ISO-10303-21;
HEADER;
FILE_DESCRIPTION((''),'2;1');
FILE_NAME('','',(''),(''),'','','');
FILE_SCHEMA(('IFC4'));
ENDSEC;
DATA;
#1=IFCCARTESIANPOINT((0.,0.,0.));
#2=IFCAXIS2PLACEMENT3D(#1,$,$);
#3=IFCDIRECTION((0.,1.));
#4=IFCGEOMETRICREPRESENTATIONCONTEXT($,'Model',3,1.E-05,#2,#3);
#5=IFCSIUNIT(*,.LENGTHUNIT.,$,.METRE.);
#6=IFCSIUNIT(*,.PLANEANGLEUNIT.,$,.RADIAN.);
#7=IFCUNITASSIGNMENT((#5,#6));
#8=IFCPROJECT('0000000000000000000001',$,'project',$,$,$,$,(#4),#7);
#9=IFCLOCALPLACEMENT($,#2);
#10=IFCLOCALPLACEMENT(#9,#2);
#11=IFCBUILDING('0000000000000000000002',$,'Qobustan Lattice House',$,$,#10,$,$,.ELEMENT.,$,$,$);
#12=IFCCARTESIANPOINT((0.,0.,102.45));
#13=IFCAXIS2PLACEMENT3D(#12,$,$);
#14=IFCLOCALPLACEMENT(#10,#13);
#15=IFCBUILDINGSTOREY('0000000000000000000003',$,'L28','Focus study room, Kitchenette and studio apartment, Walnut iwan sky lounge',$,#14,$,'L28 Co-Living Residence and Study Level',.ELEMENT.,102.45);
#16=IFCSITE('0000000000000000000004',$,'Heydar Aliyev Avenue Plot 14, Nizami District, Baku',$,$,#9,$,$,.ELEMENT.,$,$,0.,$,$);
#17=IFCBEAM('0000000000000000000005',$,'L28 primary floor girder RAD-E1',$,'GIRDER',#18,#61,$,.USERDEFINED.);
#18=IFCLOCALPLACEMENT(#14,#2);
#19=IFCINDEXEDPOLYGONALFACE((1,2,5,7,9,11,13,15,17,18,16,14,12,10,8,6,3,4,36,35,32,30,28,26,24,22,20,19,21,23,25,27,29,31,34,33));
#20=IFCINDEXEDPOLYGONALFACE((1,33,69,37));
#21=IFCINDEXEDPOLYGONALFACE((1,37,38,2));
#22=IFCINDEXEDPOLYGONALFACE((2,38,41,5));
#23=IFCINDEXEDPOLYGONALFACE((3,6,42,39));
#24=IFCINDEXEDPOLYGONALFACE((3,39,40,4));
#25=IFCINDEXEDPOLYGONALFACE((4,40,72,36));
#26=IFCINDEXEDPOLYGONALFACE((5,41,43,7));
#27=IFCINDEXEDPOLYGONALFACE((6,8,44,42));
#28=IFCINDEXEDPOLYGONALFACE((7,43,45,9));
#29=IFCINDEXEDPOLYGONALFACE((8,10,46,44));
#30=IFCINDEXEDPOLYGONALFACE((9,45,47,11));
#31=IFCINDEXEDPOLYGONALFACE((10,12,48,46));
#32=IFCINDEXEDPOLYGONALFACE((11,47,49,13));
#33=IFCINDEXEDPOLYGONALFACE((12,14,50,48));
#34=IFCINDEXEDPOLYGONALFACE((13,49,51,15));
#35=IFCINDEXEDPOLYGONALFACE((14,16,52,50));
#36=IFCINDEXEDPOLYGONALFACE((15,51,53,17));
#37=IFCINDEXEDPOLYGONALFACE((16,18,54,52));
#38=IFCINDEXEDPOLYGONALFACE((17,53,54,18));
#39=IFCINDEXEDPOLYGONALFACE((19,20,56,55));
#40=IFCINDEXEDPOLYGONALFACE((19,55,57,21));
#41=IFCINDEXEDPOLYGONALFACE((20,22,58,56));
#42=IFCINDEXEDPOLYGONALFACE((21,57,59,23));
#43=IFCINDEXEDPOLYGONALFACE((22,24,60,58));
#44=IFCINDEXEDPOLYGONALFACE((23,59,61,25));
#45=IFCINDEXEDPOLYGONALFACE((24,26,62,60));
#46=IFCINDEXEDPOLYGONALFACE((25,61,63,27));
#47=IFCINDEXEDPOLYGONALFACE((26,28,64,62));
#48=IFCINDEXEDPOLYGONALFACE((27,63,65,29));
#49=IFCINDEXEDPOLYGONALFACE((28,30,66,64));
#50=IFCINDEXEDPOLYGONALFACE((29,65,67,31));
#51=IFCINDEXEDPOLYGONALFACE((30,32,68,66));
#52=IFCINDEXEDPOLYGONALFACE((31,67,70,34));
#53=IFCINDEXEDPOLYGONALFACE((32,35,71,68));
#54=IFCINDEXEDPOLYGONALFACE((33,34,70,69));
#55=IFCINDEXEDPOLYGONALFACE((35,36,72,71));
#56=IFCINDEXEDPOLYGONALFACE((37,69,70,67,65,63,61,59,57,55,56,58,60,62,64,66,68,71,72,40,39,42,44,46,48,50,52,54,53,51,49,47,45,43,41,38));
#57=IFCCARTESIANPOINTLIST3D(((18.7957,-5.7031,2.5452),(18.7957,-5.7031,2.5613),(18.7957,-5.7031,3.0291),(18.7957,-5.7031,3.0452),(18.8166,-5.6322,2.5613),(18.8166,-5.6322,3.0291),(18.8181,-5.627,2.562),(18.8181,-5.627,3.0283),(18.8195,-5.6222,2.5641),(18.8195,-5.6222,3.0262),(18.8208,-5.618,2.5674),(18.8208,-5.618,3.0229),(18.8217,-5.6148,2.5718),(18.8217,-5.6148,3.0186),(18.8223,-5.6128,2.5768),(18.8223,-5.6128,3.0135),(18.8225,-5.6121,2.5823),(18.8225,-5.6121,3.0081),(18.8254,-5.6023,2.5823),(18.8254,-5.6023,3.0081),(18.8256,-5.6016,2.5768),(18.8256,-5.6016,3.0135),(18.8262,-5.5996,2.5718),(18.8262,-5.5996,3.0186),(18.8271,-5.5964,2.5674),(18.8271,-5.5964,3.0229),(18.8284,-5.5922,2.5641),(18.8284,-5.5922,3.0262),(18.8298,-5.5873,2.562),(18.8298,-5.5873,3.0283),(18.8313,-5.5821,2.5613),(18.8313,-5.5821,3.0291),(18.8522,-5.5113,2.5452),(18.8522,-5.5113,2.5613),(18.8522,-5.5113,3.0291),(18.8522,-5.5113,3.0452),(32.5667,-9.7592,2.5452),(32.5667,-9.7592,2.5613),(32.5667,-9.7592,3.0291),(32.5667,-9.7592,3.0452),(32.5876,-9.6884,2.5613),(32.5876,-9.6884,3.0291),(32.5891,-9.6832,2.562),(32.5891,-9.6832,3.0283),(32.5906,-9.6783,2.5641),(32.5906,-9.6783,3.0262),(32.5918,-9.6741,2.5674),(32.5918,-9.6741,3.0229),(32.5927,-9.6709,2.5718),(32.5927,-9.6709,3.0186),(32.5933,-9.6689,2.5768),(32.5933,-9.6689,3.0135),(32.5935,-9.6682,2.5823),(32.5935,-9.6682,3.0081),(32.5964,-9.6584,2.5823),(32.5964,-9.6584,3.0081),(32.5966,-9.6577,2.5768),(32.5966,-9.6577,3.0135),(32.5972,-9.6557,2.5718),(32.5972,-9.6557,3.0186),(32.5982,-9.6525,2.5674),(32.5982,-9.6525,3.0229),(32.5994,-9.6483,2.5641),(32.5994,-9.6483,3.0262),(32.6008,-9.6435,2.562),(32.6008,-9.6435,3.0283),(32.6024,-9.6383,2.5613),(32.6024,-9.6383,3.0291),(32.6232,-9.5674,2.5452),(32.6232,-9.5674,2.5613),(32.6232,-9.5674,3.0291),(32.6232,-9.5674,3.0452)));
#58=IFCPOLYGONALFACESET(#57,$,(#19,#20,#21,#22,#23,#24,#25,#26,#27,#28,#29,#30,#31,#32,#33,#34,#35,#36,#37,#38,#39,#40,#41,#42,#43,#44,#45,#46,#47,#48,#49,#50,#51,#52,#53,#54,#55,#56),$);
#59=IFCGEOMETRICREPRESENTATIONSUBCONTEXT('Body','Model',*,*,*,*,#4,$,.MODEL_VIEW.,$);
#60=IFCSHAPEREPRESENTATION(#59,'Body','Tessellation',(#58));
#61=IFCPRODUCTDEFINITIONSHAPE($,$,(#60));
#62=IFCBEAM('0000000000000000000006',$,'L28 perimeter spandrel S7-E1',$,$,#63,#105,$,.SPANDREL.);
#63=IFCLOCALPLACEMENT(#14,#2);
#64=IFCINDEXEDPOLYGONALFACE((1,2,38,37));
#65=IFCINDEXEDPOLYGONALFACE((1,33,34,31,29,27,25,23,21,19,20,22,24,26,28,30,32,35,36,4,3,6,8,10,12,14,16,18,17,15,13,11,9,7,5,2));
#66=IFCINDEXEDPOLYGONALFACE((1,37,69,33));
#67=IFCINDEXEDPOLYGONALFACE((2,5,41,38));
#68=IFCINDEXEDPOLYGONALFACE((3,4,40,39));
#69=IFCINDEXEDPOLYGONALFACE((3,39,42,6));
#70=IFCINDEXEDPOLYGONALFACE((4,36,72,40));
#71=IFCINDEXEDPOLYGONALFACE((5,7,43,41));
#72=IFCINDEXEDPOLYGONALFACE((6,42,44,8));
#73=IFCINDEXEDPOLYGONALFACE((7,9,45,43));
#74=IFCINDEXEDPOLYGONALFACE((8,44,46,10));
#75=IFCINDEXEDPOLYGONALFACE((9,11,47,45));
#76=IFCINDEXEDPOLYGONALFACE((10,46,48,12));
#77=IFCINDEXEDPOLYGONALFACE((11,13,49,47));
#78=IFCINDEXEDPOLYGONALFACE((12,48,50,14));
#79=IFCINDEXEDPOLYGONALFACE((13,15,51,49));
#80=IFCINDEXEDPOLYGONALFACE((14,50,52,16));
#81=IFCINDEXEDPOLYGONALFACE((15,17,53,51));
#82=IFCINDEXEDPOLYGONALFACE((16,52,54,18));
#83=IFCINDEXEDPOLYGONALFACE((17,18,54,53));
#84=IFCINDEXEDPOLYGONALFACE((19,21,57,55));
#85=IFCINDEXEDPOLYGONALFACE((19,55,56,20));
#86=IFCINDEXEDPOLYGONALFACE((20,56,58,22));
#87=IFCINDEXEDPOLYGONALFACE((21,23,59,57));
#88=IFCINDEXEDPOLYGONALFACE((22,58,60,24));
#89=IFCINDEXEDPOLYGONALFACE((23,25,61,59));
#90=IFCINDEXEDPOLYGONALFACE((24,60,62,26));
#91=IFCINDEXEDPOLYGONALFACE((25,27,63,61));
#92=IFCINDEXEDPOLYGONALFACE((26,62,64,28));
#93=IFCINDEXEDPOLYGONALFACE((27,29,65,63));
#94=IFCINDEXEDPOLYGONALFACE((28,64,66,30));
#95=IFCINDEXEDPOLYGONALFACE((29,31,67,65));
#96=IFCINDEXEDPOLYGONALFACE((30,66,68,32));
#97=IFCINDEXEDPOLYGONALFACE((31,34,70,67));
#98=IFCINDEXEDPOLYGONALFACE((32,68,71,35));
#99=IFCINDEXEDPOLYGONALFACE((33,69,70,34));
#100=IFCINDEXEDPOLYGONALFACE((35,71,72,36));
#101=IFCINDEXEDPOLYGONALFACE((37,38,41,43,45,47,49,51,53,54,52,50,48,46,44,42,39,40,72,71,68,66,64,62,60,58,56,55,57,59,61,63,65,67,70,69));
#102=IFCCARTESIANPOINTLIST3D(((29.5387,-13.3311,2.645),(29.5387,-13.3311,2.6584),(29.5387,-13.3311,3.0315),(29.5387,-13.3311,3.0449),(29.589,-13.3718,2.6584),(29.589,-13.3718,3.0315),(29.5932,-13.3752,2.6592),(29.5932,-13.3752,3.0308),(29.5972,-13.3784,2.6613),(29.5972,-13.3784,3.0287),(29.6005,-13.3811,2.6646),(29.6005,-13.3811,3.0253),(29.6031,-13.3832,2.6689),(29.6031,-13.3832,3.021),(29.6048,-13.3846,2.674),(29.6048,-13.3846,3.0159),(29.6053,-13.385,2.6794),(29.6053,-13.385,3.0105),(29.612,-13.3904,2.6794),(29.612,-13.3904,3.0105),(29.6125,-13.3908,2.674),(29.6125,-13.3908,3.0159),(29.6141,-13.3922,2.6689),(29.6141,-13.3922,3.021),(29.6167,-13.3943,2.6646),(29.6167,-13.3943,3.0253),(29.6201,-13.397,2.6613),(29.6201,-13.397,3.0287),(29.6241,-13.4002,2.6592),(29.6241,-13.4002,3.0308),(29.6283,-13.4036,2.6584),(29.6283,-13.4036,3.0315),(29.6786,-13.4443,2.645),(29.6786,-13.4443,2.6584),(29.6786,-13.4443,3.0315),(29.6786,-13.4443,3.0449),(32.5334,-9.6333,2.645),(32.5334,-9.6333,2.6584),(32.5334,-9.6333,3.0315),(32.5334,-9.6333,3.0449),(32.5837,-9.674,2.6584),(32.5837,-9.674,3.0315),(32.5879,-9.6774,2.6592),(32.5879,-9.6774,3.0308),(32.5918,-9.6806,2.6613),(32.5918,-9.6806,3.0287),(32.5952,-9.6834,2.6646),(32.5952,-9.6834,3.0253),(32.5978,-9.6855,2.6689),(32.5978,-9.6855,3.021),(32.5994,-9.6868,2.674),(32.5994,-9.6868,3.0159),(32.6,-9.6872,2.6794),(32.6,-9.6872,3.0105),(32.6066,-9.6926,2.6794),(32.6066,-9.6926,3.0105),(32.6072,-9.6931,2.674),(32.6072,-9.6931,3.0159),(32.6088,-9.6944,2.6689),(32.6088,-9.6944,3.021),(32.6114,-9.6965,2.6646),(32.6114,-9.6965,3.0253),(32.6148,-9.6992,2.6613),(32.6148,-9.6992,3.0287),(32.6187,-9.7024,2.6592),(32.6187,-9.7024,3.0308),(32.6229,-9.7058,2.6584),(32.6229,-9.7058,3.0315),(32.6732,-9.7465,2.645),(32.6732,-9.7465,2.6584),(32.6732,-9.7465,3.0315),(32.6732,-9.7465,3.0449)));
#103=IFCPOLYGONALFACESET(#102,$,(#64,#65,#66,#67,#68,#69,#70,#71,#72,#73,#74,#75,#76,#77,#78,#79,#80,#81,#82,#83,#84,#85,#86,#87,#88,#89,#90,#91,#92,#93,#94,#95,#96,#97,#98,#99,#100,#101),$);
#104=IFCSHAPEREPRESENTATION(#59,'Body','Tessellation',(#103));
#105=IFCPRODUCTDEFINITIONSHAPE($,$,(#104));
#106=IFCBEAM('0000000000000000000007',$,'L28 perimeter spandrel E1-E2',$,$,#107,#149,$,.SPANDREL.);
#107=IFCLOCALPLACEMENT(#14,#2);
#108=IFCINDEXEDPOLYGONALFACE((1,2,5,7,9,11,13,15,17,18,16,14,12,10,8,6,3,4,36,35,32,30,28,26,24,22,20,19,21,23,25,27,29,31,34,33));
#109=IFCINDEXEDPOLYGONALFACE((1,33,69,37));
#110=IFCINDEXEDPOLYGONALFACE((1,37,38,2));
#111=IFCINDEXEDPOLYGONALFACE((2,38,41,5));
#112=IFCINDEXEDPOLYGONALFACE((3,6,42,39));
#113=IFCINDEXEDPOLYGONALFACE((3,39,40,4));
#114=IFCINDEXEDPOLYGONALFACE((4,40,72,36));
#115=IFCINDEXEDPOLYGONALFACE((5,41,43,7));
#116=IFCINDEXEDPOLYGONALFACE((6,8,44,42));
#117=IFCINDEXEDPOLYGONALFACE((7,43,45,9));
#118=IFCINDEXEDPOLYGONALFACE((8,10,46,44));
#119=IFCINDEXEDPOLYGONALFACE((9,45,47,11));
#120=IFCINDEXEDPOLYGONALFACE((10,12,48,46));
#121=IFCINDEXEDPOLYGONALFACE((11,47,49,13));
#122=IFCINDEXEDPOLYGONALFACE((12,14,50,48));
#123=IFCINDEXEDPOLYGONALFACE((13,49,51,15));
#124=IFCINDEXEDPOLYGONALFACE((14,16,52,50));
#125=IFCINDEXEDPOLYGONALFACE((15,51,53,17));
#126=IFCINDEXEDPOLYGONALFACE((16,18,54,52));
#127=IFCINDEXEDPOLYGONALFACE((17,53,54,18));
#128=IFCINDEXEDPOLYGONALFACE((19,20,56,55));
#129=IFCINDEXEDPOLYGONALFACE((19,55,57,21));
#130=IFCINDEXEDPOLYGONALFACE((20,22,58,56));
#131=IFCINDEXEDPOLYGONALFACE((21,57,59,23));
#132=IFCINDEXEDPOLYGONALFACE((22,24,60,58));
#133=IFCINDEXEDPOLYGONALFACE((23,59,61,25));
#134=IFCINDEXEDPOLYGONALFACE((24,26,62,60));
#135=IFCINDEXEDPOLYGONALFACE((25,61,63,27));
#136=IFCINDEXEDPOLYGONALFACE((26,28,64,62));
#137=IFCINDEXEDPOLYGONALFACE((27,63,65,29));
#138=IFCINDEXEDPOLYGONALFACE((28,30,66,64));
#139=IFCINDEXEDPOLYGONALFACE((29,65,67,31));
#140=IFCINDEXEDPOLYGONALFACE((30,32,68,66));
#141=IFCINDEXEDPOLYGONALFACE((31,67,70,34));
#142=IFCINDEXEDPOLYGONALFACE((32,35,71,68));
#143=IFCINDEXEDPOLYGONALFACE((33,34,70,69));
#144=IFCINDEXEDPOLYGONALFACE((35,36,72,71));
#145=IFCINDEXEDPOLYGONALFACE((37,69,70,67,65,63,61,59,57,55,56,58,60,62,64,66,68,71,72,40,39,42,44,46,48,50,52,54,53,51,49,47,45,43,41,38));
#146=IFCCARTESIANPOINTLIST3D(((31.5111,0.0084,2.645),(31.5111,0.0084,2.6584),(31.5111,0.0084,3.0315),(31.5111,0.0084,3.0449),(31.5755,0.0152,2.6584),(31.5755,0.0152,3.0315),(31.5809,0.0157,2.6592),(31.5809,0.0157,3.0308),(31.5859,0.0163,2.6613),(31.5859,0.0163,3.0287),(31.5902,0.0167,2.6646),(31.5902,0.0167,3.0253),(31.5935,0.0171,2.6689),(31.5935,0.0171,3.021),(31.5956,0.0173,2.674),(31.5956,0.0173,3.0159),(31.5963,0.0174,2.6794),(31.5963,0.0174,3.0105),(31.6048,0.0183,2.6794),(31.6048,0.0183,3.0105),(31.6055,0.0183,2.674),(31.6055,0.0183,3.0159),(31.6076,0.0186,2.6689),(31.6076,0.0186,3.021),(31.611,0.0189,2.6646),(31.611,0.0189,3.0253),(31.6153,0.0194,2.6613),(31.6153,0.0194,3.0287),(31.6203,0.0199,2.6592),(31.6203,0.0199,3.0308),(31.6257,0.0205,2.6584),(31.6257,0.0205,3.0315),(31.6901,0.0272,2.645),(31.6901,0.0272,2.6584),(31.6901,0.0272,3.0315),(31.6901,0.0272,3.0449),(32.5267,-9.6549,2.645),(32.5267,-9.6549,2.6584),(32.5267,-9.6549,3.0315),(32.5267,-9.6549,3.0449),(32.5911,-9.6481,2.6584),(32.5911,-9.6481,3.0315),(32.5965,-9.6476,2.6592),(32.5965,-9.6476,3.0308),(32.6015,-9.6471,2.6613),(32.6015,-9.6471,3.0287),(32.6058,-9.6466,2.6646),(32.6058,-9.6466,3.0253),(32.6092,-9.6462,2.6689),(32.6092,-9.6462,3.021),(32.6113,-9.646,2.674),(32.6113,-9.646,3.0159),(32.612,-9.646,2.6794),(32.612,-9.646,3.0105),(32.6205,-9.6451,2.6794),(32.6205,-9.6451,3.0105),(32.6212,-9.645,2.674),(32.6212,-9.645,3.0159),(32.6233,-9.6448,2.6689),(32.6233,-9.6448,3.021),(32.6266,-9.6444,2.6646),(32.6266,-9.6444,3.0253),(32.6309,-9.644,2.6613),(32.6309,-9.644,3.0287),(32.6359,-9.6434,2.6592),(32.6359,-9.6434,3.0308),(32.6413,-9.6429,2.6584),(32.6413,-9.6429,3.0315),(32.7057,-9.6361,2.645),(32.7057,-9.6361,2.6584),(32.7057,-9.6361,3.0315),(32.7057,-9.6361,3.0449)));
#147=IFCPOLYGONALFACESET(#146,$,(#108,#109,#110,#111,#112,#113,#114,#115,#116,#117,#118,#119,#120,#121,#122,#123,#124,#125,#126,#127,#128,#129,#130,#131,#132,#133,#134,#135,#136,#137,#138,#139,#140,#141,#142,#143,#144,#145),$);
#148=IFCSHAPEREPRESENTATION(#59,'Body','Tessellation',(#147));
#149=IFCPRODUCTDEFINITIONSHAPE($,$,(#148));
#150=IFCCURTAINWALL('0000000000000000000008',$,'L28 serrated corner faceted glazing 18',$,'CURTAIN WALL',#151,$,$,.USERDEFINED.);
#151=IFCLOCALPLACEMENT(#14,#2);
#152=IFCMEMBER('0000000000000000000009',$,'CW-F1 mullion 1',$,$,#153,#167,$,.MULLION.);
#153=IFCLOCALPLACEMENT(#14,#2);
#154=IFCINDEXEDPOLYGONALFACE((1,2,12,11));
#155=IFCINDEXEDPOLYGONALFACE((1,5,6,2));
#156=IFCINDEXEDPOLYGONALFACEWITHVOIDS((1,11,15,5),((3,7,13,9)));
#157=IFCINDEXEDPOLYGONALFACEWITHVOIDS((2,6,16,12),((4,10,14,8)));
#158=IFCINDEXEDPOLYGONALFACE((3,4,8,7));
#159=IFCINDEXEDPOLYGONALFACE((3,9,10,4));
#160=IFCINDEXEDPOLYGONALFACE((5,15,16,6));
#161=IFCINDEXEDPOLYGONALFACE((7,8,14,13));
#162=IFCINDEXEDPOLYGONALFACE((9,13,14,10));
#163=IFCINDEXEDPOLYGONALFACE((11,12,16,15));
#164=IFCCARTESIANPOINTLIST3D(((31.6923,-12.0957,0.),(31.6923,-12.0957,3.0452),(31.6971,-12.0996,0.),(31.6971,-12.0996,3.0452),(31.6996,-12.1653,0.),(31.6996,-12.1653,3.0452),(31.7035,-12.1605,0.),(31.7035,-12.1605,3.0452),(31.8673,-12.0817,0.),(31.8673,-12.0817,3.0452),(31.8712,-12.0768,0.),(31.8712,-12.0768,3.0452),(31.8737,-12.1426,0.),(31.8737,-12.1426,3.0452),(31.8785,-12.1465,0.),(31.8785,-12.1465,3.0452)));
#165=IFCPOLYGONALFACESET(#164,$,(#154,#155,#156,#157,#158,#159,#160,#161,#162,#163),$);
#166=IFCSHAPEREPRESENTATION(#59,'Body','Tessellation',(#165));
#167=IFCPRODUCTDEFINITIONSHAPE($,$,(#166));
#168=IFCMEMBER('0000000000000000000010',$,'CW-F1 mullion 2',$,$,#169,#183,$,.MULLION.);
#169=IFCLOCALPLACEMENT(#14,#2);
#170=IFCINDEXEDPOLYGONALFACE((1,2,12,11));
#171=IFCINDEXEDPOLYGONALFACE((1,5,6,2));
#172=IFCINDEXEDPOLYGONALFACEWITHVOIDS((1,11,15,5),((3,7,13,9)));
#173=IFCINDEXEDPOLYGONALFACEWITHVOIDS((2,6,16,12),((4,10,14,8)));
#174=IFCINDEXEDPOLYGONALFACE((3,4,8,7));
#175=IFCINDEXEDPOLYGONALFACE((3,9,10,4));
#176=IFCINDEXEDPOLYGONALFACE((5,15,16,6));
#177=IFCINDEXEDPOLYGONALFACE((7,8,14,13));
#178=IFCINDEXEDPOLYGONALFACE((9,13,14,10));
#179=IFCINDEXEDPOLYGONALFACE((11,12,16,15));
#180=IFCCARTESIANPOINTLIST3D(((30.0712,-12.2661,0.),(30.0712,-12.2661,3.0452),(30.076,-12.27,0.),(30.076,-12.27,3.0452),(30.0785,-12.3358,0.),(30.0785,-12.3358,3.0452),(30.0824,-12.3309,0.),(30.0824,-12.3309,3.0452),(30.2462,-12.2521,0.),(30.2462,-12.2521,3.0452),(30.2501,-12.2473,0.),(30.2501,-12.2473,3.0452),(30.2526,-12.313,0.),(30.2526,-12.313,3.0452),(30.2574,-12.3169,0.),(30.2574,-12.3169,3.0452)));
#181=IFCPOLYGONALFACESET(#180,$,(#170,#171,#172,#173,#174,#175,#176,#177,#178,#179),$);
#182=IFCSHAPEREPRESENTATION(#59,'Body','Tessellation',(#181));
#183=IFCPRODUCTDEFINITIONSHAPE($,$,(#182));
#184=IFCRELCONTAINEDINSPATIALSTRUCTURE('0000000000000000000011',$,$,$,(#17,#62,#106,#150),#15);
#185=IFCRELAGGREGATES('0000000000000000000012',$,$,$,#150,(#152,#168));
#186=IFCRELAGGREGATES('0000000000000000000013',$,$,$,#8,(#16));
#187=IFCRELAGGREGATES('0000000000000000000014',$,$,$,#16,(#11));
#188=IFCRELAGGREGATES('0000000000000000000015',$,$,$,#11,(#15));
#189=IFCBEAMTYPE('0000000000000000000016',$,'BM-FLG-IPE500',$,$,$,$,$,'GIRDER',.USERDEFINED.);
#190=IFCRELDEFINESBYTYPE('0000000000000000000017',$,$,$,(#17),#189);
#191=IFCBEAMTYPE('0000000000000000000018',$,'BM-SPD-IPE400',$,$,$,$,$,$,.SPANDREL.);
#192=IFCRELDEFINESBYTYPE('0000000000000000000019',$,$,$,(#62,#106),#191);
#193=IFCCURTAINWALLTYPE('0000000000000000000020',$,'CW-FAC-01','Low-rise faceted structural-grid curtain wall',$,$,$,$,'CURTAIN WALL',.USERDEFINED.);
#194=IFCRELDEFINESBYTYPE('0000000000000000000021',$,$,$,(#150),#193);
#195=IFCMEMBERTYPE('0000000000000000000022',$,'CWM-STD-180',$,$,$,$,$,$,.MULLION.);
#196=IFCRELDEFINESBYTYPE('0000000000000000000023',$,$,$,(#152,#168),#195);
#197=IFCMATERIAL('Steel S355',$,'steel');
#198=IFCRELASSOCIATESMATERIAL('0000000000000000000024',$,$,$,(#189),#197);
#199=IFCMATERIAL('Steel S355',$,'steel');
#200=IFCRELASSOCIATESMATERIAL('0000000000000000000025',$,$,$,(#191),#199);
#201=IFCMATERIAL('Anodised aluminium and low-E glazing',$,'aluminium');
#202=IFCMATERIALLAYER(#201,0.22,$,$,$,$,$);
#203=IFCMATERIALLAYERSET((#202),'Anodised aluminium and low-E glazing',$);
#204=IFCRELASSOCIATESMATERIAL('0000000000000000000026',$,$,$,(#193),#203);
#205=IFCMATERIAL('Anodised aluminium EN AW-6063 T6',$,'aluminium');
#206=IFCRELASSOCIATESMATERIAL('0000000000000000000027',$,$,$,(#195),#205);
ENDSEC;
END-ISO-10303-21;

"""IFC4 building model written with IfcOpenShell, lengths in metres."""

from ifc_helpers import new_model, si_unit, direction, frame, origin, origin_2d, place, context, subcontext, project, spatial, hollow_rectangle, i_section, extrude, material, layer, layer_set, material_profile, profile_set, type_object, element, aggregate, save


model = new_model("IFC4")

# Units and contexts
model_context = context("Model", 3, precision=1e-05, world=origin(), true_north=direction((0.0, 1.0)))
body_context = subcontext(model_context, "Body", "Model", "MODEL_VIEW")
ifc_project = project(units=[si_unit("LENGTHUNIT", "METRE"), si_unit("PLANEANGLEUNIT", "RADIAN")], contexts=[model_context])

# Site, building, storey
site_placement = place(None, origin())
site = spatial("IfcSite", under=ifc_project, at=site_placement, Name="Heydar Aliyev Avenue Plot 14, Nizami District, Baku", CompositionType="ELEMENT", RefElevation=0.0)
building_placement = place(site_placement, origin())
building = spatial("IfcBuilding", under=site, at=building_placement, Name="Qobustan Lattice House", CompositionType="ELEMENT")
storey_placement = place(building_placement, frame((0.0, 0.0, 102.45)))
storey = spatial("IfcBuildingStorey", under=building, at=storey_placement, Name="L28", Description="Focus study room, Kitchenette and studio apartment, Walnut iwan sky lounge", LongName="L28 Co-Living Residence and Study Level", CompositionType="ELEMENT", Elevation=102.45)

# Beams
ifc_material_1 = material(Name="Steel S355", Category="steel")
ifc_material_profile_1 = material_profile(ifc_material_1, i_section(OverallWidth=0.2, OverallDepth=0.5, WebThickness=0.0103, FlangeThickness=0.0161, FilletRadius=0.021, at=origin_2d()), Name="IPE500")
ifc_profile_set_1 = profile_set([ifc_material_profile_1], Name="Steel S355")
beam_type_1 = type_object("IfcBeamType", Name="BM-FLG-IPE500", ElementType="GIRDER", PredefinedType="USERDEFINED", material=ifc_profile_set_1)
beam_1_placement = place(storey_placement, frame((32.595, -9.6633, 2.7952), z_axis=(-0.959255, 0.282542, 0.0), x_axis=(-0.282542, -0.959255, 0.0)))
element("IfcBeam", 1, at=beam_1_placement, inside=storey, type_object=beam_type_1, Name="L28 primary floor girder RAD-E1", ObjectType="GIRDER", PredefinedType="USERDEFINED", context=body_context, shape_type="SweptSolid", body=[
    extrude(i_section(OverallWidth=0.2, OverallDepth=0.5, WebThickness=0.0103, FlangeThickness=0.0161, FilletRadius=0.021, at=origin_2d()), origin(), (0.0, 0.0, 1.0), 14.356),
])
ifc_material_2 = material(Name="Steel S355", Category="steel")
ifc_material_profile_2 = material_profile(ifc_material_2, i_section(OverallWidth=0.1799, OverallDepth=0.3999, WebThickness=0.0085, FlangeThickness=0.0134, FilletRadius=0.021, at=origin_2d()), Name="IPE400")
ifc_profile_set_2 = profile_set([ifc_material_profile_2], Name="Steel S355")
beam_type_2 = type_object("IfcBeamType", Name="BM-SPD-IPE400", PredefinedType="SPANDREL", material=ifc_profile_set_2)
beam_2_placement = place(storey_placement, frame((29.6086, -13.3877, 2.845), z_axis=(0.629352, 0.777121, 0.0), x_axis=(-0.777121, 0.629352, 0.0)))
element("IfcBeam", 2, at=beam_2_placement, inside=storey, type_object=beam_type_2, Name="L28 perimeter spandrel S7-E1", PredefinedType="SPANDREL", context=body_context, shape_type="SweptSolid", body=[
    extrude(i_section(OverallWidth=0.1799, OverallDepth=0.3999, WebThickness=0.0085, FlangeThickness=0.0134, FilletRadius=0.021, at=origin_2d()), origin(), (0.0, 0.0, 1.0), 4.7583),
])
beam_3_placement = place(storey_placement, frame((32.6162, -9.6455, 2.845), z_axis=(-0.104525, 0.994522, 0.0), x_axis=(-0.994522, -0.104525, 0.0)))
element("IfcBeam", 3, at=beam_3_placement, inside=storey, type_object=beam_type_2, Name="L28 perimeter spandrel E1-E2", PredefinedType="SPANDREL", context=body_context, shape_type="SweptSolid", body=[
    extrude(i_section(OverallWidth=0.1799, OverallDepth=0.3999, WebThickness=0.0085, FlangeThickness=0.0134, FilletRadius=0.021, at=origin_2d()), origin(), (0.0, 0.0, 1.0), 9.7166),
])

# Curtain wall, members
ifc_material_3 = material(Name="Anodised aluminium and low-E glazing", Category="aluminium")
ifc_layer_1 = layer(ifc_material_3, 0.22)
ifc_layer_set_1 = layer_set([ifc_layer_1], Name="Anodised aluminium and low-E glazing")
curtain_wall_type = type_object("IfcCurtainWallType", Name="CW-FAC-01", Description="Low-rise faceted structural-grid curtain wall", ElementType="CURTAIN WALL", PredefinedType="USERDEFINED", material=ifc_layer_set_1)
curtain_wall_placement = place(storey_placement, origin())
curtain_wall = element("IfcCurtainWall", 4, at=curtain_wall_placement, inside=storey, type_object=curtain_wall_type, Name="L28 serrated corner faceted glazing 18", ObjectType="CURTAIN WALL", PredefinedType="USERDEFINED")
ifc_material_4 = material(Name="Anodised aluminium EN AW-6063 T6", Category="aluminium")
ifc_material_profile_3 = material_profile(ifc_material_4, hollow_rectangle(XDim=0.0701, YDim=0.1799, WallThickness=0.0044, at=origin_2d()), Name="CWM-180x70")
ifc_profile_set_3 = profile_set([ifc_material_profile_3], Name="Anodised aluminium EN AW-6063 T6")
member_type_1 = type_object("IfcMemberType", Name="CWM-STD-180", PredefinedType="MULLION", material=ifc_profile_set_3)
member_1_placement = place(storey_placement, frame((31.7854, -12.1211, 0.0), z_axis=(0.0, 0.0, 1.0), x_axis=(0.104529, -0.994522, 0.0)))
member_1 = element("IfcMember", 5, at=member_1_placement, type_object=member_type_1, Name="CW-F1 mullion 1", PredefinedType="MULLION", context=body_context, shape_type="SweptSolid", body=[
    extrude(hollow_rectangle(XDim=0.0701, YDim=0.1799, WallThickness=0.0044, at=origin_2d()), origin(), (0.0, 0.0, 1.0), 3.0452),
])
member_2_placement = place(storey_placement, frame((30.1643, -12.2915, 0.0), z_axis=(0.0, 0.0, 1.0), x_axis=(0.104529, -0.994522, 0.0)))
member_2 = element("IfcMember", 6, at=member_2_placement, type_object=member_type_1, Name="CW-F1 mullion 2", PredefinedType="MULLION", context=body_context, shape_type="SweptSolid", body=[
    extrude(hollow_rectangle(XDim=0.0701, YDim=0.1799, WallThickness=0.0044, at=origin_2d()), origin(), (0.0, 0.0, 1.0), 3.0452),
])
aggregate(curtain_wall, [member_1, member_2])

save(model, "model.ifc")
